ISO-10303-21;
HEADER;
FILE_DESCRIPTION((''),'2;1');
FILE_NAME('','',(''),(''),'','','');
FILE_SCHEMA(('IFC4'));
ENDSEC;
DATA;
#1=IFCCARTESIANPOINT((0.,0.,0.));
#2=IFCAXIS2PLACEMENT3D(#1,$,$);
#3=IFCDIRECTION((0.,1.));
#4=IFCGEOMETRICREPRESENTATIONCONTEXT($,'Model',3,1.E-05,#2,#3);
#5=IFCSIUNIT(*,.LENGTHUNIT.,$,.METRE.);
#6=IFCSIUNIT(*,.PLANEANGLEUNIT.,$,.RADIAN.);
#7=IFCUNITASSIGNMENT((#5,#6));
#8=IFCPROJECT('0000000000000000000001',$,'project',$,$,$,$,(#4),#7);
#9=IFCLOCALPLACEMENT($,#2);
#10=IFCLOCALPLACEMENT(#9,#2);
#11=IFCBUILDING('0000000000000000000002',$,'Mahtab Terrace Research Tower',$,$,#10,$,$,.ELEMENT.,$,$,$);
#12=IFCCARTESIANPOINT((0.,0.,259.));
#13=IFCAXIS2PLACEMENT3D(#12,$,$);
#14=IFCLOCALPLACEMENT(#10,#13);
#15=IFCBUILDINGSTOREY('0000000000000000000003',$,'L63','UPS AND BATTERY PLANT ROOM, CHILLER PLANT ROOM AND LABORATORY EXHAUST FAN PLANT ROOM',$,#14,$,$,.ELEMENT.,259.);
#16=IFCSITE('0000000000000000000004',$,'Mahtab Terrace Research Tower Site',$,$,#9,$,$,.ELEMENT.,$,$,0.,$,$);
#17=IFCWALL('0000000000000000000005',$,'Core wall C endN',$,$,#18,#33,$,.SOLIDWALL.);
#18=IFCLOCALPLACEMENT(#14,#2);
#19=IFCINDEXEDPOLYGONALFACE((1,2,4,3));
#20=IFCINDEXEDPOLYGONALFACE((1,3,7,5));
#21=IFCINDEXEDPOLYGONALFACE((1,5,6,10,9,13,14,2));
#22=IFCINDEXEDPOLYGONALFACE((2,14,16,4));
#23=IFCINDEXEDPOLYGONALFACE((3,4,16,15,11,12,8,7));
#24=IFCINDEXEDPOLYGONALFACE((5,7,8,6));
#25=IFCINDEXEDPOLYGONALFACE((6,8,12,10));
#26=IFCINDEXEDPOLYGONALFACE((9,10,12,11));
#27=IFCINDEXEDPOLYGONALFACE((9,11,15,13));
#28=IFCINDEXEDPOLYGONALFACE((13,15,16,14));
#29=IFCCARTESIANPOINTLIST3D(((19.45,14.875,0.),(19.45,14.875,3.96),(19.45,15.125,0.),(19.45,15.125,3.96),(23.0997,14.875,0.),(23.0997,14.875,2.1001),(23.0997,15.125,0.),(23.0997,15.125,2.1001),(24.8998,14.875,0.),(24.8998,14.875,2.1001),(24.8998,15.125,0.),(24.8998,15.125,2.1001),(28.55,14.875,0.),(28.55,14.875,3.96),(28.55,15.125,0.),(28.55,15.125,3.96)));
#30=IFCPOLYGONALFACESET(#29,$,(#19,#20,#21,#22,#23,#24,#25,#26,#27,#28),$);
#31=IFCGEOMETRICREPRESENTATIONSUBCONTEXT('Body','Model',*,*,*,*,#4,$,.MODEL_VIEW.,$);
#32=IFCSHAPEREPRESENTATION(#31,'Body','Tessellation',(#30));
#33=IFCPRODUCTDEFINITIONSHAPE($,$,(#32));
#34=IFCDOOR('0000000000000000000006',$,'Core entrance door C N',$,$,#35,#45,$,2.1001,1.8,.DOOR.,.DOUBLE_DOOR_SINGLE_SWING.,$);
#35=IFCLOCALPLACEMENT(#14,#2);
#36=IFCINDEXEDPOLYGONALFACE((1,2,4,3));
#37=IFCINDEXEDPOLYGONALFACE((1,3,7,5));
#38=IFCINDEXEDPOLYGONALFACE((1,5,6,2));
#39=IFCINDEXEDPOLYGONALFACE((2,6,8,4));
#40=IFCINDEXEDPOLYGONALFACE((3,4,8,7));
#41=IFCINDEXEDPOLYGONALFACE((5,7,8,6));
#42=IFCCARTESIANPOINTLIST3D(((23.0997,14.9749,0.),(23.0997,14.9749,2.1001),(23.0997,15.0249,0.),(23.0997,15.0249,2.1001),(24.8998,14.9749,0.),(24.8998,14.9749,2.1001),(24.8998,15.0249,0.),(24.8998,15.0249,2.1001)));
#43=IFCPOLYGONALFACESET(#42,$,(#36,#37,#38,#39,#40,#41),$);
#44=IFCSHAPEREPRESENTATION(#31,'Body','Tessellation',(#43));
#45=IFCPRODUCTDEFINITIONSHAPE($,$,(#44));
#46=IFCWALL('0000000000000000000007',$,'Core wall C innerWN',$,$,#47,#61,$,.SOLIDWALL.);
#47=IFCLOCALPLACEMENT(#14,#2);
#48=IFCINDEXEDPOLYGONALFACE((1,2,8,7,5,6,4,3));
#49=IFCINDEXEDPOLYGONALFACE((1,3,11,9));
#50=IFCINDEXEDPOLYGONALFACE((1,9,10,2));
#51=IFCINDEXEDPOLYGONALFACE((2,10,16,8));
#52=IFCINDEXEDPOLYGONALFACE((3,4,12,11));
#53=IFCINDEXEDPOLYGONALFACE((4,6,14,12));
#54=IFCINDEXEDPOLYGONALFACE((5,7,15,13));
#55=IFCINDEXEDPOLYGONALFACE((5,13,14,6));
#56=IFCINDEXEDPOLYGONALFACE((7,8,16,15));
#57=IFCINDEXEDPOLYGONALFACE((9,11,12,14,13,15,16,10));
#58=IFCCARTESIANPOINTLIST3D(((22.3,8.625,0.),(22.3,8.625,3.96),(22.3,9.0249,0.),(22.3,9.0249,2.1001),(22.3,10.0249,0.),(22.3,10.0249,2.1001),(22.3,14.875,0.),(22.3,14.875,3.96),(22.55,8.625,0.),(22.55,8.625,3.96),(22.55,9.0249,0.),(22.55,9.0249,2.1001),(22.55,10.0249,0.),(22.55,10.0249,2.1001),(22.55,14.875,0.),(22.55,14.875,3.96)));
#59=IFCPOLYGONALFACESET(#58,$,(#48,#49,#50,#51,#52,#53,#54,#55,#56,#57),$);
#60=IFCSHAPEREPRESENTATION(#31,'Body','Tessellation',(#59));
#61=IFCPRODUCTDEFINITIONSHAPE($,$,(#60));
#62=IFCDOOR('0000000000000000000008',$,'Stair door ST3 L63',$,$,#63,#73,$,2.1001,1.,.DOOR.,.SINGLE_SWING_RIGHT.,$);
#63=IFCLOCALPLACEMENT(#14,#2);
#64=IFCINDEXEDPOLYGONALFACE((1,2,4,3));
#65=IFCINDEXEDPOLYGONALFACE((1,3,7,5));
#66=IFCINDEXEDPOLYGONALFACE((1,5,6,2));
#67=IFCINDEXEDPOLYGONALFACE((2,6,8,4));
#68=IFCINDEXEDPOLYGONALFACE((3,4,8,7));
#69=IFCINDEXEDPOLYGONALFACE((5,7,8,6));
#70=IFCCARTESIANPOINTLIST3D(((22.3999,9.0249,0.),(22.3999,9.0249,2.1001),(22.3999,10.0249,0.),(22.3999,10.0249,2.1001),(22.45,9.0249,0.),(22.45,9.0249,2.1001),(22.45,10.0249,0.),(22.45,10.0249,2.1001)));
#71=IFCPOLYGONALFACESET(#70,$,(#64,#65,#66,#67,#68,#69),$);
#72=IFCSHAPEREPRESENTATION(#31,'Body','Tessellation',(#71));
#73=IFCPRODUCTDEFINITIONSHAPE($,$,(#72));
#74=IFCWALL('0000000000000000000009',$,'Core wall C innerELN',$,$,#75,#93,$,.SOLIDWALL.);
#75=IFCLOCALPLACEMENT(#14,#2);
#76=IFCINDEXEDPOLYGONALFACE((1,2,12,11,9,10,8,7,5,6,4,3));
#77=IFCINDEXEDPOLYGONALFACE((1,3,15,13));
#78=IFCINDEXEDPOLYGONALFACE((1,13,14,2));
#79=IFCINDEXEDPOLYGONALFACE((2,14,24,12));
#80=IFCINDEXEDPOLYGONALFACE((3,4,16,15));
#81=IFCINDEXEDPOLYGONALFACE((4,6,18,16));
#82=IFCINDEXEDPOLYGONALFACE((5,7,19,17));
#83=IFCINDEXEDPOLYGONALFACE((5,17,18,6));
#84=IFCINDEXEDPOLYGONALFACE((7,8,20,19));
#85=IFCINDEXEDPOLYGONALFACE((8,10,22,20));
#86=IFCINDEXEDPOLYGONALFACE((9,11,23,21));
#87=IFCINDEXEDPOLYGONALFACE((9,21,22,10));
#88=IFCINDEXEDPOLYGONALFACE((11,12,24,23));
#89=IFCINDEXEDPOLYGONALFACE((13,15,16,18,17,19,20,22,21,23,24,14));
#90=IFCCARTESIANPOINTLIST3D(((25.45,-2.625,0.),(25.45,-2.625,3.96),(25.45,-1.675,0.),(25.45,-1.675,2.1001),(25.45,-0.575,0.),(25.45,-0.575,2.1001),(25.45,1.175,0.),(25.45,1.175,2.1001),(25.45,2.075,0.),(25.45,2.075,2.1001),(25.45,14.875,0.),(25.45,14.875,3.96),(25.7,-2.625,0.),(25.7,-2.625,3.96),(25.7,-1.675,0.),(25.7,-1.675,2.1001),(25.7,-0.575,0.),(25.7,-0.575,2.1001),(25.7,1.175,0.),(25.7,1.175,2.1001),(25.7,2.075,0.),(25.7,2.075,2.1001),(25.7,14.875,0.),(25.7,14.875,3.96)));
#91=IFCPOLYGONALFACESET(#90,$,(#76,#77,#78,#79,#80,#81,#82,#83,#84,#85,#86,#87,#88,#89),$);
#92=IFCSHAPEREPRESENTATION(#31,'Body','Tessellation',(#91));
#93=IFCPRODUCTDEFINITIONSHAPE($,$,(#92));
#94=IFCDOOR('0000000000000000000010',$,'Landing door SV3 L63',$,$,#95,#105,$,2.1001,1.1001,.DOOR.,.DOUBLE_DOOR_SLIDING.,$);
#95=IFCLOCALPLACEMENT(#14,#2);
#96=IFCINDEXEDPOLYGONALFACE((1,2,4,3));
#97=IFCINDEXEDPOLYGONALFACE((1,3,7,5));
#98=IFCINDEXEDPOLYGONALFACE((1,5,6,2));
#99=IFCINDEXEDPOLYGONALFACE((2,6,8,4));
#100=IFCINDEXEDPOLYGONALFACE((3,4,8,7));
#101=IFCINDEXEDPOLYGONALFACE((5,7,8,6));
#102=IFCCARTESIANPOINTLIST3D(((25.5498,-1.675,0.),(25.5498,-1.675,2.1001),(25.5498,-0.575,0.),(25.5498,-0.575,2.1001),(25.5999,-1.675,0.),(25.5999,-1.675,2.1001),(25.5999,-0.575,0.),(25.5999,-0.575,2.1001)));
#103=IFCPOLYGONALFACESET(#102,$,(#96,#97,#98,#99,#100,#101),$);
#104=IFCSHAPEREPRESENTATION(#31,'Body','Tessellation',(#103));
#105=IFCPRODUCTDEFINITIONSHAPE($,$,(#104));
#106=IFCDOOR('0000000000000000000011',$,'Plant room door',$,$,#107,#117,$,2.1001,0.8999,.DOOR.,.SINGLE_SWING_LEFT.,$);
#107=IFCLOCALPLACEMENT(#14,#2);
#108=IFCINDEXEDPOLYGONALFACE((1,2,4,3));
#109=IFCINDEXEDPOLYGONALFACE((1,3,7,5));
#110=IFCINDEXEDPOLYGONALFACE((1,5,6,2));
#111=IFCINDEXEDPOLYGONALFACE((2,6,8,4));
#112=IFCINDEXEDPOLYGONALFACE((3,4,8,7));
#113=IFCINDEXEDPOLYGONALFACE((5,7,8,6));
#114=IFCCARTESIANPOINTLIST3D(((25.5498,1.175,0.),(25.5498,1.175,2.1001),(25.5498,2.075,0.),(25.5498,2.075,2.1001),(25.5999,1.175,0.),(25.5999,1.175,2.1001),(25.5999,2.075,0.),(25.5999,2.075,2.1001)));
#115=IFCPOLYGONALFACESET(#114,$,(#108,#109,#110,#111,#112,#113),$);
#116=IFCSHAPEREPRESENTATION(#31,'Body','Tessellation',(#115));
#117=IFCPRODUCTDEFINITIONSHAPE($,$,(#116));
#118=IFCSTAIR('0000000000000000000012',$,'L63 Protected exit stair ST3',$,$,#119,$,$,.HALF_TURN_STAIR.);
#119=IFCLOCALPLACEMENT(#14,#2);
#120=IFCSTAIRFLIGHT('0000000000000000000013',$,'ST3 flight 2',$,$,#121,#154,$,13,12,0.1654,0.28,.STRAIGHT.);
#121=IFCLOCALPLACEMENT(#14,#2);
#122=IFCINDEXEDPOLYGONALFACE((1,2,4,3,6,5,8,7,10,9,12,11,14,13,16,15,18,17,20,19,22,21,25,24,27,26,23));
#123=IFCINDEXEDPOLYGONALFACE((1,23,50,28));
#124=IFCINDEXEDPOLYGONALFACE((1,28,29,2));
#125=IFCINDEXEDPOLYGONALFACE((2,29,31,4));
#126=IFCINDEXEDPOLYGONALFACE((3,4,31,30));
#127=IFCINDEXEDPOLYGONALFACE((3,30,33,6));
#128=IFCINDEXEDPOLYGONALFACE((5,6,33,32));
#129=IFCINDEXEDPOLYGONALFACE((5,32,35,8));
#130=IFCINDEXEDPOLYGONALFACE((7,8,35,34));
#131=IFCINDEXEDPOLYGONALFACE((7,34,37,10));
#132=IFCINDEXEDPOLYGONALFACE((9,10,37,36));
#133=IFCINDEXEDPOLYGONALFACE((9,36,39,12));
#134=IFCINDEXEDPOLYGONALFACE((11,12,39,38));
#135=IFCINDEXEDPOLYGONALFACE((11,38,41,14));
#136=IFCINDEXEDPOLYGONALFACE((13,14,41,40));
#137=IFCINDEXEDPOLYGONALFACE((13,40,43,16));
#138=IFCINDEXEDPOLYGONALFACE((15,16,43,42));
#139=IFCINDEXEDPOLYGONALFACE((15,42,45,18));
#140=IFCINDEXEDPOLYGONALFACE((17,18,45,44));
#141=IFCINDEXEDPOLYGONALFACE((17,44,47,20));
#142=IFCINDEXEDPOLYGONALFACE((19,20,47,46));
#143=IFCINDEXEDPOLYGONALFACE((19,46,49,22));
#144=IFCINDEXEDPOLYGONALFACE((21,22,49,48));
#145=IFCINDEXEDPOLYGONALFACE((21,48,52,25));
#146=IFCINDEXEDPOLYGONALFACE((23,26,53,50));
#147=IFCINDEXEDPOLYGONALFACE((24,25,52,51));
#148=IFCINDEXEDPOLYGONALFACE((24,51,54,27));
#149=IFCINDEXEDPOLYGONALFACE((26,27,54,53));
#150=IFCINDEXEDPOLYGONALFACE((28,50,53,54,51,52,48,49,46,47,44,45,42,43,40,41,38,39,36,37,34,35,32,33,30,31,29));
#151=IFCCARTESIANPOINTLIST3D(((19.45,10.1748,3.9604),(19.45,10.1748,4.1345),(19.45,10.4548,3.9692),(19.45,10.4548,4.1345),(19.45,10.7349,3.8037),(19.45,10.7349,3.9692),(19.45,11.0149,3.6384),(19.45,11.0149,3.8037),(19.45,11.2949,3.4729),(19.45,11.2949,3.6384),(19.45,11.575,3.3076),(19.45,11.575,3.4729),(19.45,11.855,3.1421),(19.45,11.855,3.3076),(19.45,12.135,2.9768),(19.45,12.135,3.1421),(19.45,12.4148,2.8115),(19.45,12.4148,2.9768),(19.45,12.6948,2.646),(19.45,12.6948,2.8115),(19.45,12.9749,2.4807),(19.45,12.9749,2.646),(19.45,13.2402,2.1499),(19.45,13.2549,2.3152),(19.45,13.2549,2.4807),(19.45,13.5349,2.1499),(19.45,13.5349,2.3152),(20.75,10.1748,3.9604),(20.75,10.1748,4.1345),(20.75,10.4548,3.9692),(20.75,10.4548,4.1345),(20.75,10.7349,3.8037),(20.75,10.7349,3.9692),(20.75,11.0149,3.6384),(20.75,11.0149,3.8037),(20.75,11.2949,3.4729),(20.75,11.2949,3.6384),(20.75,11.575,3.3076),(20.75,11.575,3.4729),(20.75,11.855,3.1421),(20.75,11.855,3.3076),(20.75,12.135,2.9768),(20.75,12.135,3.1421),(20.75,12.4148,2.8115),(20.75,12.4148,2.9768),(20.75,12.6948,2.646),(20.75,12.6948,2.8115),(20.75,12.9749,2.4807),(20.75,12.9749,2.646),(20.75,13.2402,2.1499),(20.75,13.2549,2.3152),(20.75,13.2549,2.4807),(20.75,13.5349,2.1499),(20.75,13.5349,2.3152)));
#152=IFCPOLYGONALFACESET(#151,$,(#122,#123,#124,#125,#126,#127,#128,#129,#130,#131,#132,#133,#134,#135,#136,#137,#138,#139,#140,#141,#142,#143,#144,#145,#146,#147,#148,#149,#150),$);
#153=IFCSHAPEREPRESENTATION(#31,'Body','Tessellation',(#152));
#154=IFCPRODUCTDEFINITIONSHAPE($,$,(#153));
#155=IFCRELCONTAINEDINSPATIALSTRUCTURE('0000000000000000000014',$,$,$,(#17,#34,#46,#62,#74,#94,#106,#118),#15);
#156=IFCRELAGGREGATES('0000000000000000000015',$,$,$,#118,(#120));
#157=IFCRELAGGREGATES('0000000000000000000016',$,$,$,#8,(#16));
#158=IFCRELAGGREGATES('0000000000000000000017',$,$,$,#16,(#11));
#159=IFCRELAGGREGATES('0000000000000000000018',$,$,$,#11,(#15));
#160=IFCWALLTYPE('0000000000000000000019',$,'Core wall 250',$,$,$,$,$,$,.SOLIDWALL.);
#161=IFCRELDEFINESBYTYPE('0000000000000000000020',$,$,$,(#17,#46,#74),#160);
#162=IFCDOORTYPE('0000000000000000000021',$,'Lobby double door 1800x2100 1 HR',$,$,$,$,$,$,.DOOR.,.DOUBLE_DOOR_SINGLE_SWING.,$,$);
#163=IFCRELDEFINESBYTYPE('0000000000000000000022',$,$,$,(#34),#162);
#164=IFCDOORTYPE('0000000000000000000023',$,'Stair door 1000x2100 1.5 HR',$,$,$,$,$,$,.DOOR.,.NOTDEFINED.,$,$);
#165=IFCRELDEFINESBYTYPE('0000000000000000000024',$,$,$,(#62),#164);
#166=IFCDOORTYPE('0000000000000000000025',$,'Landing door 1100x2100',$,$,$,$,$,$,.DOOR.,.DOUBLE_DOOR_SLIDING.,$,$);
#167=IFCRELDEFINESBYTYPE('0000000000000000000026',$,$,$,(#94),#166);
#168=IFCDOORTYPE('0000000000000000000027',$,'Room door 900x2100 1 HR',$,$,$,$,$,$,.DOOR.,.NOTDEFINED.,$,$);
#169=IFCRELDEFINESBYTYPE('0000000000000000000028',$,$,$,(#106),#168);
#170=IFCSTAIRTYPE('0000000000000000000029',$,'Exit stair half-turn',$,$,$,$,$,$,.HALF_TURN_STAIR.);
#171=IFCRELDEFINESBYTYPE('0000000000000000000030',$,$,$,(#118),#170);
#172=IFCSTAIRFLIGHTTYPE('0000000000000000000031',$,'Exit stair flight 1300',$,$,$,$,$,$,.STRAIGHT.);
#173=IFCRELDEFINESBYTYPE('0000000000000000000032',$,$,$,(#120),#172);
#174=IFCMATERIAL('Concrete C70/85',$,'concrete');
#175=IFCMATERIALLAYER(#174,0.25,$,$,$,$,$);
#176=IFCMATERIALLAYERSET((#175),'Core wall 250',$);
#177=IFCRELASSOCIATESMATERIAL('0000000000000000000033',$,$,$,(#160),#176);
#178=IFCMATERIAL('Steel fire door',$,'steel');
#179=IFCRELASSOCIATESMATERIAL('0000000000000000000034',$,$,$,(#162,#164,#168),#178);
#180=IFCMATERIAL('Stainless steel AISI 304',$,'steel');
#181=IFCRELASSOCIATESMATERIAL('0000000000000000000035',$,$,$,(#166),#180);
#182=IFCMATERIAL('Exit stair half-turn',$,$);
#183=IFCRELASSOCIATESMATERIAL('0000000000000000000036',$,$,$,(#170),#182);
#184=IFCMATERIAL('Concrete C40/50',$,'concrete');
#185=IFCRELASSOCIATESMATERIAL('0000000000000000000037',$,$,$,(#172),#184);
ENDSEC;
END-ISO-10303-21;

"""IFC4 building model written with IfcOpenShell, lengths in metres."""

from ifc_helpers import new_model, si_unit, direction, frame, frame_2d, origin, place, context, subcontext, project, spatial, polyline, rectangle, outline, extrude, material, layer, layer_set, type_object, element, fill, aggregate, save


model = new_model("IFC4")

# Units and contexts
model_context = context("Model", 3, precision=1e-05, world=origin(), true_north=direction((0.0, 1.0)))
body_context = subcontext(model_context, "Body", "Model", "MODEL_VIEW")
ifc_project = project(units=[si_unit("LENGTHUNIT", "METRE"), si_unit("PLANEANGLEUNIT", "RADIAN")], contexts=[model_context])

# Site, building, storey
site_placement = place(None, origin())
site = spatial("IfcSite", under=ifc_project, at=site_placement, Name="Mahtab Terrace Research Tower Site", CompositionType="ELEMENT", RefElevation=0.0)
building_placement = place(site_placement, origin())
building = spatial("IfcBuilding", under=site, at=building_placement, Name="Mahtab Terrace Research Tower", CompositionType="ELEMENT")
storey_placement = place(building_placement, frame((0.0, 0.0, 259.0)))
storey = spatial("IfcBuildingStorey", under=building, at=storey_placement, Name="L63", Description="UPS AND BATTERY PLANT ROOM, CHILLER PLANT ROOM AND LABORATORY EXHAUST FAN PLANT ROOM", CompositionType="ELEMENT", Elevation=259.0)

# Shared definitions
ifc_material_1 = material(Name="Concrete C70/85", Category="concrete")

# Shared definitions
ifc_layer_1 = layer(ifc_material_1, 0.25)
ifc_layer_set_1 = layer_set([ifc_layer_1], Name="Core wall 250")
wall_type = type_object("IfcWallType", Name="Core wall 250", PredefinedType="SOLIDWALL", material=ifc_layer_set_1)

# Walls, openings, doors
wall_1_placement = place(storey_placement, frame((19.45, 15.0, 0.0), z_axis=(0.0, 0.0, 1.0), x_axis=(1.0, 0.0, 0.0)))
wall_1 = element("IfcWall", 1, at=wall_1_placement, inside=storey, type_object=wall_type, Name="Core wall C endN", PredefinedType="SOLIDWALL", context=body_context, shape_type="SweptSolid", body=[
    extrude(rectangle(XDim=9.1001, YDim=0.25, at=frame_2d((4.55, 0.0))), origin(), (0.0, 0.0, 1.0), 3.96),
])
opening_1_placement = place(wall_1_placement, frame((3.6499, 0.0, 0.0)))
opening_1 = element("IfcOpeningElement", 2, at=opening_1_placement, cuts=wall_1, PredefinedType="OPENING", context=body_context, shape_type="SweptSolid", body=[
    extrude(rectangle(XDim=1.8, YDim=2.1001, at=frame_2d((0.8999, 1.05))), frame((0.0, 0.135, 0.0), z_axis=(0.0, -1.0, 0.0), x_axis=(1.0, 0.0, 0.0)), (0.0, 0.0, 1.0), 0.27),
])
ifc_material_2 = material(Name="Steel fire door", Category="steel")
door_type_1 = type_object("IfcDoorType", Name="Lobby double door 1800x2100 1 HR", OperationType="DOUBLE_DOOR_SINGLE_SWING", PredefinedType="DOOR", material=ifc_material_2)
door_1_placement = place(opening_1_placement, origin())
door_1 = element("IfcDoor", 3, at=door_1_placement, inside=storey, type_object=door_type_1, Name="Core entrance door C N", OperationType="DOUBLE_DOOR_SINGLE_SWING", OverallHeight=2.1001, OverallWidth=1.8, PredefinedType="DOOR", context=body_context, shape_type="SweptSolid", body=[
    extrude(rectangle(XDim=1.8, YDim=2.1001, at=frame_2d((0.8999, 1.05))), frame((0.0, 0.0249, 0.0), z_axis=(0.0, -1.0, 0.0), x_axis=(1.0, 0.0, 0.0)), (0.0, 0.0, 1.0), 0.05),
])
fill(opening_1, door_1)
wall_2_placement = place(storey_placement, frame((22.425, 14.875, 0.0), z_axis=(0.0, 0.0, 1.0), x_axis=(0.0, -1.0, 0.0)))
wall_2 = element("IfcWall", 4, at=wall_2_placement, inside=storey, type_object=wall_type, Name="Core wall C innerWN", PredefinedType="SOLIDWALL", context=body_context, shape_type="SweptSolid", body=[
    extrude(rectangle(XDim=6.25, YDim=0.25, at=frame_2d((3.125, 0.0))), origin(), (0.0, 0.0, 1.0), 3.96),
])
opening_2_placement = place(wall_2_placement, frame((4.8501, 0.0, 0.0)))
opening_2 = element("IfcOpeningElement", 5, at=opening_2_placement, cuts=wall_2, PredefinedType="OPENING", context=body_context, shape_type="SweptSolid", body=[
    extrude(rectangle(XDim=1.0, YDim=2.1001, at=frame_2d((0.5, 1.05))), frame((0.0, 0.135, 0.0), z_axis=(0.0, -1.0, 0.0), x_axis=(1.0, 0.0, 0.0)), (0.0, 0.0, 1.0), 0.27),
])
door_type_2 = type_object("IfcDoorType", Name="Stair door 1000x2100 1.5 HR", OperationType="NOTDEFINED", PredefinedType="DOOR", material=ifc_material_2)
door_2_placement = place(opening_2_placement, origin())
door_2 = element("IfcDoor", 6, at=door_2_placement, inside=storey, type_object=door_type_2, Name="Stair door ST3 L63", OperationType="SINGLE_SWING_RIGHT", OverallHeight=2.1001, OverallWidth=1.0, PredefinedType="DOOR", context=body_context, shape_type="SweptSolid", body=[
    extrude(rectangle(XDim=1.0, YDim=2.1001, at=frame_2d((0.5, 1.05))), frame((0.0, 0.0249, 0.0), z_axis=(0.0, -1.0, 0.0), x_axis=(1.0, 0.0, 0.0)), (0.0, 0.0, 1.0), 0.05),
])
fill(opening_2, door_2)

# Wall, openings, doors
wall_3_placement = place(storey_placement, frame((25.575, 14.875, 0.0), z_axis=(0.0, 0.0, 1.0), x_axis=(0.0, -1.0, 0.0)))
wall_3 = element("IfcWall", 7, at=wall_3_placement, inside=storey, type_object=wall_type, Name="Core wall C innerELN", PredefinedType="SOLIDWALL", context=body_context, shape_type="SweptSolid", body=[
    extrude(rectangle(XDim=17.5, YDim=0.25, at=frame_2d((8.75, 0.0))), origin(), (0.0, 0.0, 1.0), 3.96),
])
opening_3_placement = place(wall_3_placement, frame((15.45, 0.0, 0.0)))
opening_3 = element("IfcOpeningElement", 8, at=opening_3_placement, cuts=wall_3, PredefinedType="OPENING", context=body_context, shape_type="SweptSolid", body=[
    extrude(rectangle(XDim=1.1001, YDim=2.1001, at=frame_2d((0.55, 1.05))), frame((0.0, 0.135, 0.0), z_axis=(0.0, -1.0, 0.0), x_axis=(1.0, 0.0, 0.0)), (0.0, 0.0, 1.0), 0.27),
])
opening_4_placement = place(wall_3_placement, frame((12.8, 0.0, 0.0)))
opening_4 = element("IfcOpeningElement", 9, at=opening_4_placement, cuts=wall_3, PredefinedType="OPENING", context=body_context, shape_type="SweptSolid", body=[
    extrude(rectangle(XDim=0.8999, YDim=2.1001, at=frame_2d((0.45, 1.05))), frame((0.0, 0.135, 0.0), z_axis=(0.0, -1.0, 0.0), x_axis=(1.0, 0.0, 0.0)), (0.0, 0.0, 1.0), 0.27),
])
ifc_material_3 = material(Name="Stainless steel AISI 304", Category="steel")
door_type_3 = type_object("IfcDoorType", Name="Landing door 1100x2100", OperationType="DOUBLE_DOOR_SLIDING", PredefinedType="DOOR", material=ifc_material_3)
door_3_placement = place(opening_3_placement, origin())
door_3 = element("IfcDoor", 10, at=door_3_placement, inside=storey, type_object=door_type_3, Name="Landing door SV3 L63", OperationType="DOUBLE_DOOR_SLIDING", OverallHeight=2.1001, OverallWidth=1.1001, PredefinedType="DOOR", context=body_context, shape_type="SweptSolid", body=[
    extrude(rectangle(XDim=1.1001, YDim=2.1001, at=frame_2d((0.55, 1.05))), frame((0.0, 0.0249, 0.0), z_axis=(0.0, -1.0, 0.0), x_axis=(1.0, 0.0, 0.0)), (0.0, 0.0, 1.0), 0.05),
])
fill(opening_3, door_3)
door_type_4 = type_object("IfcDoorType", Name="Room door 900x2100 1 HR", OperationType="NOTDEFINED", PredefinedType="DOOR", material=ifc_material_2)
door_4_placement = place(opening_4_placement, origin())
door_4 = element("IfcDoor", 11, at=door_4_placement, inside=storey, type_object=door_type_4, Name="Plant room door", OperationType="SINGLE_SWING_LEFT", OverallHeight=2.1001, OverallWidth=0.8999, PredefinedType="DOOR", context=body_context, shape_type="SweptSolid", body=[
    extrude(rectangle(XDim=0.8999, YDim=2.1001, at=frame_2d((0.45, 1.05))), frame((0.0, 0.0249, 0.0), z_axis=(0.0, -1.0, 0.0), x_axis=(1.0, 0.0, 0.0)), (0.0, 0.0, 1.0), 0.05),
])
fill(opening_4, door_4)

# Stair, stair flight
ifc_material_4 = material(Name="Exit stair half-turn")
stair_type = type_object("IfcStairType", Name="Exit stair half-turn", PredefinedType="HALF_TURN_STAIR", material=ifc_material_4)
stair_placement = place(storey_placement, origin())
stair = element("IfcStair", 12, at=stair_placement, inside=storey, type_object=stair_type, Name="L63 Protected exit stair ST3", PredefinedType="HALF_TURN_STAIR")
ifc_material_5 = material(Name="Concrete C40/50", Category="concrete")
stair_flight_type = type_object("IfcStairFlightType", Name="Exit stair flight 1300", PredefinedType="STRAIGHT", material=ifc_material_5)
stair_flight_placement = place(storey_placement, frame((20.1001, 13.5349, 2.1499), z_axis=(0.0, 0.0, 1.0), x_axis=(0.0, -1.0, 0.0)))
stair_flight = element("IfcStairFlight", 13, at=stair_flight_placement, type_object=stair_flight_type, Name="ST3 flight 2", NumberOfRisers=13, NumberOfTreads=12, PredefinedType="STRAIGHT", RiserHeight=0.1654, TreadLength=0.28, context=body_context, shape_type="SweptSolid", body=[
    extrude(outline(polyline([(0.0, 0.0), (0.0, 0.1653), (0.28, 0.1653), (0.28, 0.3308), (0.5601, 0.3308), (0.5601, 0.4961), (0.8401, 0.4961), (0.8401, 0.6616), (1.1201, 0.6616), (1.1201, 0.8269), (1.3999, 0.8269), (1.3999, 0.9922), (1.6799, 0.9922), (1.6799, 1.1577), (1.96, 1.1577), (1.96, 1.323), (2.24, 1.323), (2.24, 1.4885), (2.52, 1.4885), (2.52, 1.6538), (2.8, 1.6538), (2.8, 1.8193), (3.0801, 1.8193), (3.0801, 1.9846), (3.3601, 1.9846), (3.3601, 2.1499), (3.3601, 1.8105), (0.2947, 0.0), (0.0, 0.0)])), frame((0.0, 0.6499, 0.0), z_axis=(0.0, -1.0, 0.0), x_axis=(1.0, 0.0, 0.0)), (0.0, 0.0, 1.0), 1.3),
])
aggregate(stair, [stair_flight])

save(model, "model.ifc")
